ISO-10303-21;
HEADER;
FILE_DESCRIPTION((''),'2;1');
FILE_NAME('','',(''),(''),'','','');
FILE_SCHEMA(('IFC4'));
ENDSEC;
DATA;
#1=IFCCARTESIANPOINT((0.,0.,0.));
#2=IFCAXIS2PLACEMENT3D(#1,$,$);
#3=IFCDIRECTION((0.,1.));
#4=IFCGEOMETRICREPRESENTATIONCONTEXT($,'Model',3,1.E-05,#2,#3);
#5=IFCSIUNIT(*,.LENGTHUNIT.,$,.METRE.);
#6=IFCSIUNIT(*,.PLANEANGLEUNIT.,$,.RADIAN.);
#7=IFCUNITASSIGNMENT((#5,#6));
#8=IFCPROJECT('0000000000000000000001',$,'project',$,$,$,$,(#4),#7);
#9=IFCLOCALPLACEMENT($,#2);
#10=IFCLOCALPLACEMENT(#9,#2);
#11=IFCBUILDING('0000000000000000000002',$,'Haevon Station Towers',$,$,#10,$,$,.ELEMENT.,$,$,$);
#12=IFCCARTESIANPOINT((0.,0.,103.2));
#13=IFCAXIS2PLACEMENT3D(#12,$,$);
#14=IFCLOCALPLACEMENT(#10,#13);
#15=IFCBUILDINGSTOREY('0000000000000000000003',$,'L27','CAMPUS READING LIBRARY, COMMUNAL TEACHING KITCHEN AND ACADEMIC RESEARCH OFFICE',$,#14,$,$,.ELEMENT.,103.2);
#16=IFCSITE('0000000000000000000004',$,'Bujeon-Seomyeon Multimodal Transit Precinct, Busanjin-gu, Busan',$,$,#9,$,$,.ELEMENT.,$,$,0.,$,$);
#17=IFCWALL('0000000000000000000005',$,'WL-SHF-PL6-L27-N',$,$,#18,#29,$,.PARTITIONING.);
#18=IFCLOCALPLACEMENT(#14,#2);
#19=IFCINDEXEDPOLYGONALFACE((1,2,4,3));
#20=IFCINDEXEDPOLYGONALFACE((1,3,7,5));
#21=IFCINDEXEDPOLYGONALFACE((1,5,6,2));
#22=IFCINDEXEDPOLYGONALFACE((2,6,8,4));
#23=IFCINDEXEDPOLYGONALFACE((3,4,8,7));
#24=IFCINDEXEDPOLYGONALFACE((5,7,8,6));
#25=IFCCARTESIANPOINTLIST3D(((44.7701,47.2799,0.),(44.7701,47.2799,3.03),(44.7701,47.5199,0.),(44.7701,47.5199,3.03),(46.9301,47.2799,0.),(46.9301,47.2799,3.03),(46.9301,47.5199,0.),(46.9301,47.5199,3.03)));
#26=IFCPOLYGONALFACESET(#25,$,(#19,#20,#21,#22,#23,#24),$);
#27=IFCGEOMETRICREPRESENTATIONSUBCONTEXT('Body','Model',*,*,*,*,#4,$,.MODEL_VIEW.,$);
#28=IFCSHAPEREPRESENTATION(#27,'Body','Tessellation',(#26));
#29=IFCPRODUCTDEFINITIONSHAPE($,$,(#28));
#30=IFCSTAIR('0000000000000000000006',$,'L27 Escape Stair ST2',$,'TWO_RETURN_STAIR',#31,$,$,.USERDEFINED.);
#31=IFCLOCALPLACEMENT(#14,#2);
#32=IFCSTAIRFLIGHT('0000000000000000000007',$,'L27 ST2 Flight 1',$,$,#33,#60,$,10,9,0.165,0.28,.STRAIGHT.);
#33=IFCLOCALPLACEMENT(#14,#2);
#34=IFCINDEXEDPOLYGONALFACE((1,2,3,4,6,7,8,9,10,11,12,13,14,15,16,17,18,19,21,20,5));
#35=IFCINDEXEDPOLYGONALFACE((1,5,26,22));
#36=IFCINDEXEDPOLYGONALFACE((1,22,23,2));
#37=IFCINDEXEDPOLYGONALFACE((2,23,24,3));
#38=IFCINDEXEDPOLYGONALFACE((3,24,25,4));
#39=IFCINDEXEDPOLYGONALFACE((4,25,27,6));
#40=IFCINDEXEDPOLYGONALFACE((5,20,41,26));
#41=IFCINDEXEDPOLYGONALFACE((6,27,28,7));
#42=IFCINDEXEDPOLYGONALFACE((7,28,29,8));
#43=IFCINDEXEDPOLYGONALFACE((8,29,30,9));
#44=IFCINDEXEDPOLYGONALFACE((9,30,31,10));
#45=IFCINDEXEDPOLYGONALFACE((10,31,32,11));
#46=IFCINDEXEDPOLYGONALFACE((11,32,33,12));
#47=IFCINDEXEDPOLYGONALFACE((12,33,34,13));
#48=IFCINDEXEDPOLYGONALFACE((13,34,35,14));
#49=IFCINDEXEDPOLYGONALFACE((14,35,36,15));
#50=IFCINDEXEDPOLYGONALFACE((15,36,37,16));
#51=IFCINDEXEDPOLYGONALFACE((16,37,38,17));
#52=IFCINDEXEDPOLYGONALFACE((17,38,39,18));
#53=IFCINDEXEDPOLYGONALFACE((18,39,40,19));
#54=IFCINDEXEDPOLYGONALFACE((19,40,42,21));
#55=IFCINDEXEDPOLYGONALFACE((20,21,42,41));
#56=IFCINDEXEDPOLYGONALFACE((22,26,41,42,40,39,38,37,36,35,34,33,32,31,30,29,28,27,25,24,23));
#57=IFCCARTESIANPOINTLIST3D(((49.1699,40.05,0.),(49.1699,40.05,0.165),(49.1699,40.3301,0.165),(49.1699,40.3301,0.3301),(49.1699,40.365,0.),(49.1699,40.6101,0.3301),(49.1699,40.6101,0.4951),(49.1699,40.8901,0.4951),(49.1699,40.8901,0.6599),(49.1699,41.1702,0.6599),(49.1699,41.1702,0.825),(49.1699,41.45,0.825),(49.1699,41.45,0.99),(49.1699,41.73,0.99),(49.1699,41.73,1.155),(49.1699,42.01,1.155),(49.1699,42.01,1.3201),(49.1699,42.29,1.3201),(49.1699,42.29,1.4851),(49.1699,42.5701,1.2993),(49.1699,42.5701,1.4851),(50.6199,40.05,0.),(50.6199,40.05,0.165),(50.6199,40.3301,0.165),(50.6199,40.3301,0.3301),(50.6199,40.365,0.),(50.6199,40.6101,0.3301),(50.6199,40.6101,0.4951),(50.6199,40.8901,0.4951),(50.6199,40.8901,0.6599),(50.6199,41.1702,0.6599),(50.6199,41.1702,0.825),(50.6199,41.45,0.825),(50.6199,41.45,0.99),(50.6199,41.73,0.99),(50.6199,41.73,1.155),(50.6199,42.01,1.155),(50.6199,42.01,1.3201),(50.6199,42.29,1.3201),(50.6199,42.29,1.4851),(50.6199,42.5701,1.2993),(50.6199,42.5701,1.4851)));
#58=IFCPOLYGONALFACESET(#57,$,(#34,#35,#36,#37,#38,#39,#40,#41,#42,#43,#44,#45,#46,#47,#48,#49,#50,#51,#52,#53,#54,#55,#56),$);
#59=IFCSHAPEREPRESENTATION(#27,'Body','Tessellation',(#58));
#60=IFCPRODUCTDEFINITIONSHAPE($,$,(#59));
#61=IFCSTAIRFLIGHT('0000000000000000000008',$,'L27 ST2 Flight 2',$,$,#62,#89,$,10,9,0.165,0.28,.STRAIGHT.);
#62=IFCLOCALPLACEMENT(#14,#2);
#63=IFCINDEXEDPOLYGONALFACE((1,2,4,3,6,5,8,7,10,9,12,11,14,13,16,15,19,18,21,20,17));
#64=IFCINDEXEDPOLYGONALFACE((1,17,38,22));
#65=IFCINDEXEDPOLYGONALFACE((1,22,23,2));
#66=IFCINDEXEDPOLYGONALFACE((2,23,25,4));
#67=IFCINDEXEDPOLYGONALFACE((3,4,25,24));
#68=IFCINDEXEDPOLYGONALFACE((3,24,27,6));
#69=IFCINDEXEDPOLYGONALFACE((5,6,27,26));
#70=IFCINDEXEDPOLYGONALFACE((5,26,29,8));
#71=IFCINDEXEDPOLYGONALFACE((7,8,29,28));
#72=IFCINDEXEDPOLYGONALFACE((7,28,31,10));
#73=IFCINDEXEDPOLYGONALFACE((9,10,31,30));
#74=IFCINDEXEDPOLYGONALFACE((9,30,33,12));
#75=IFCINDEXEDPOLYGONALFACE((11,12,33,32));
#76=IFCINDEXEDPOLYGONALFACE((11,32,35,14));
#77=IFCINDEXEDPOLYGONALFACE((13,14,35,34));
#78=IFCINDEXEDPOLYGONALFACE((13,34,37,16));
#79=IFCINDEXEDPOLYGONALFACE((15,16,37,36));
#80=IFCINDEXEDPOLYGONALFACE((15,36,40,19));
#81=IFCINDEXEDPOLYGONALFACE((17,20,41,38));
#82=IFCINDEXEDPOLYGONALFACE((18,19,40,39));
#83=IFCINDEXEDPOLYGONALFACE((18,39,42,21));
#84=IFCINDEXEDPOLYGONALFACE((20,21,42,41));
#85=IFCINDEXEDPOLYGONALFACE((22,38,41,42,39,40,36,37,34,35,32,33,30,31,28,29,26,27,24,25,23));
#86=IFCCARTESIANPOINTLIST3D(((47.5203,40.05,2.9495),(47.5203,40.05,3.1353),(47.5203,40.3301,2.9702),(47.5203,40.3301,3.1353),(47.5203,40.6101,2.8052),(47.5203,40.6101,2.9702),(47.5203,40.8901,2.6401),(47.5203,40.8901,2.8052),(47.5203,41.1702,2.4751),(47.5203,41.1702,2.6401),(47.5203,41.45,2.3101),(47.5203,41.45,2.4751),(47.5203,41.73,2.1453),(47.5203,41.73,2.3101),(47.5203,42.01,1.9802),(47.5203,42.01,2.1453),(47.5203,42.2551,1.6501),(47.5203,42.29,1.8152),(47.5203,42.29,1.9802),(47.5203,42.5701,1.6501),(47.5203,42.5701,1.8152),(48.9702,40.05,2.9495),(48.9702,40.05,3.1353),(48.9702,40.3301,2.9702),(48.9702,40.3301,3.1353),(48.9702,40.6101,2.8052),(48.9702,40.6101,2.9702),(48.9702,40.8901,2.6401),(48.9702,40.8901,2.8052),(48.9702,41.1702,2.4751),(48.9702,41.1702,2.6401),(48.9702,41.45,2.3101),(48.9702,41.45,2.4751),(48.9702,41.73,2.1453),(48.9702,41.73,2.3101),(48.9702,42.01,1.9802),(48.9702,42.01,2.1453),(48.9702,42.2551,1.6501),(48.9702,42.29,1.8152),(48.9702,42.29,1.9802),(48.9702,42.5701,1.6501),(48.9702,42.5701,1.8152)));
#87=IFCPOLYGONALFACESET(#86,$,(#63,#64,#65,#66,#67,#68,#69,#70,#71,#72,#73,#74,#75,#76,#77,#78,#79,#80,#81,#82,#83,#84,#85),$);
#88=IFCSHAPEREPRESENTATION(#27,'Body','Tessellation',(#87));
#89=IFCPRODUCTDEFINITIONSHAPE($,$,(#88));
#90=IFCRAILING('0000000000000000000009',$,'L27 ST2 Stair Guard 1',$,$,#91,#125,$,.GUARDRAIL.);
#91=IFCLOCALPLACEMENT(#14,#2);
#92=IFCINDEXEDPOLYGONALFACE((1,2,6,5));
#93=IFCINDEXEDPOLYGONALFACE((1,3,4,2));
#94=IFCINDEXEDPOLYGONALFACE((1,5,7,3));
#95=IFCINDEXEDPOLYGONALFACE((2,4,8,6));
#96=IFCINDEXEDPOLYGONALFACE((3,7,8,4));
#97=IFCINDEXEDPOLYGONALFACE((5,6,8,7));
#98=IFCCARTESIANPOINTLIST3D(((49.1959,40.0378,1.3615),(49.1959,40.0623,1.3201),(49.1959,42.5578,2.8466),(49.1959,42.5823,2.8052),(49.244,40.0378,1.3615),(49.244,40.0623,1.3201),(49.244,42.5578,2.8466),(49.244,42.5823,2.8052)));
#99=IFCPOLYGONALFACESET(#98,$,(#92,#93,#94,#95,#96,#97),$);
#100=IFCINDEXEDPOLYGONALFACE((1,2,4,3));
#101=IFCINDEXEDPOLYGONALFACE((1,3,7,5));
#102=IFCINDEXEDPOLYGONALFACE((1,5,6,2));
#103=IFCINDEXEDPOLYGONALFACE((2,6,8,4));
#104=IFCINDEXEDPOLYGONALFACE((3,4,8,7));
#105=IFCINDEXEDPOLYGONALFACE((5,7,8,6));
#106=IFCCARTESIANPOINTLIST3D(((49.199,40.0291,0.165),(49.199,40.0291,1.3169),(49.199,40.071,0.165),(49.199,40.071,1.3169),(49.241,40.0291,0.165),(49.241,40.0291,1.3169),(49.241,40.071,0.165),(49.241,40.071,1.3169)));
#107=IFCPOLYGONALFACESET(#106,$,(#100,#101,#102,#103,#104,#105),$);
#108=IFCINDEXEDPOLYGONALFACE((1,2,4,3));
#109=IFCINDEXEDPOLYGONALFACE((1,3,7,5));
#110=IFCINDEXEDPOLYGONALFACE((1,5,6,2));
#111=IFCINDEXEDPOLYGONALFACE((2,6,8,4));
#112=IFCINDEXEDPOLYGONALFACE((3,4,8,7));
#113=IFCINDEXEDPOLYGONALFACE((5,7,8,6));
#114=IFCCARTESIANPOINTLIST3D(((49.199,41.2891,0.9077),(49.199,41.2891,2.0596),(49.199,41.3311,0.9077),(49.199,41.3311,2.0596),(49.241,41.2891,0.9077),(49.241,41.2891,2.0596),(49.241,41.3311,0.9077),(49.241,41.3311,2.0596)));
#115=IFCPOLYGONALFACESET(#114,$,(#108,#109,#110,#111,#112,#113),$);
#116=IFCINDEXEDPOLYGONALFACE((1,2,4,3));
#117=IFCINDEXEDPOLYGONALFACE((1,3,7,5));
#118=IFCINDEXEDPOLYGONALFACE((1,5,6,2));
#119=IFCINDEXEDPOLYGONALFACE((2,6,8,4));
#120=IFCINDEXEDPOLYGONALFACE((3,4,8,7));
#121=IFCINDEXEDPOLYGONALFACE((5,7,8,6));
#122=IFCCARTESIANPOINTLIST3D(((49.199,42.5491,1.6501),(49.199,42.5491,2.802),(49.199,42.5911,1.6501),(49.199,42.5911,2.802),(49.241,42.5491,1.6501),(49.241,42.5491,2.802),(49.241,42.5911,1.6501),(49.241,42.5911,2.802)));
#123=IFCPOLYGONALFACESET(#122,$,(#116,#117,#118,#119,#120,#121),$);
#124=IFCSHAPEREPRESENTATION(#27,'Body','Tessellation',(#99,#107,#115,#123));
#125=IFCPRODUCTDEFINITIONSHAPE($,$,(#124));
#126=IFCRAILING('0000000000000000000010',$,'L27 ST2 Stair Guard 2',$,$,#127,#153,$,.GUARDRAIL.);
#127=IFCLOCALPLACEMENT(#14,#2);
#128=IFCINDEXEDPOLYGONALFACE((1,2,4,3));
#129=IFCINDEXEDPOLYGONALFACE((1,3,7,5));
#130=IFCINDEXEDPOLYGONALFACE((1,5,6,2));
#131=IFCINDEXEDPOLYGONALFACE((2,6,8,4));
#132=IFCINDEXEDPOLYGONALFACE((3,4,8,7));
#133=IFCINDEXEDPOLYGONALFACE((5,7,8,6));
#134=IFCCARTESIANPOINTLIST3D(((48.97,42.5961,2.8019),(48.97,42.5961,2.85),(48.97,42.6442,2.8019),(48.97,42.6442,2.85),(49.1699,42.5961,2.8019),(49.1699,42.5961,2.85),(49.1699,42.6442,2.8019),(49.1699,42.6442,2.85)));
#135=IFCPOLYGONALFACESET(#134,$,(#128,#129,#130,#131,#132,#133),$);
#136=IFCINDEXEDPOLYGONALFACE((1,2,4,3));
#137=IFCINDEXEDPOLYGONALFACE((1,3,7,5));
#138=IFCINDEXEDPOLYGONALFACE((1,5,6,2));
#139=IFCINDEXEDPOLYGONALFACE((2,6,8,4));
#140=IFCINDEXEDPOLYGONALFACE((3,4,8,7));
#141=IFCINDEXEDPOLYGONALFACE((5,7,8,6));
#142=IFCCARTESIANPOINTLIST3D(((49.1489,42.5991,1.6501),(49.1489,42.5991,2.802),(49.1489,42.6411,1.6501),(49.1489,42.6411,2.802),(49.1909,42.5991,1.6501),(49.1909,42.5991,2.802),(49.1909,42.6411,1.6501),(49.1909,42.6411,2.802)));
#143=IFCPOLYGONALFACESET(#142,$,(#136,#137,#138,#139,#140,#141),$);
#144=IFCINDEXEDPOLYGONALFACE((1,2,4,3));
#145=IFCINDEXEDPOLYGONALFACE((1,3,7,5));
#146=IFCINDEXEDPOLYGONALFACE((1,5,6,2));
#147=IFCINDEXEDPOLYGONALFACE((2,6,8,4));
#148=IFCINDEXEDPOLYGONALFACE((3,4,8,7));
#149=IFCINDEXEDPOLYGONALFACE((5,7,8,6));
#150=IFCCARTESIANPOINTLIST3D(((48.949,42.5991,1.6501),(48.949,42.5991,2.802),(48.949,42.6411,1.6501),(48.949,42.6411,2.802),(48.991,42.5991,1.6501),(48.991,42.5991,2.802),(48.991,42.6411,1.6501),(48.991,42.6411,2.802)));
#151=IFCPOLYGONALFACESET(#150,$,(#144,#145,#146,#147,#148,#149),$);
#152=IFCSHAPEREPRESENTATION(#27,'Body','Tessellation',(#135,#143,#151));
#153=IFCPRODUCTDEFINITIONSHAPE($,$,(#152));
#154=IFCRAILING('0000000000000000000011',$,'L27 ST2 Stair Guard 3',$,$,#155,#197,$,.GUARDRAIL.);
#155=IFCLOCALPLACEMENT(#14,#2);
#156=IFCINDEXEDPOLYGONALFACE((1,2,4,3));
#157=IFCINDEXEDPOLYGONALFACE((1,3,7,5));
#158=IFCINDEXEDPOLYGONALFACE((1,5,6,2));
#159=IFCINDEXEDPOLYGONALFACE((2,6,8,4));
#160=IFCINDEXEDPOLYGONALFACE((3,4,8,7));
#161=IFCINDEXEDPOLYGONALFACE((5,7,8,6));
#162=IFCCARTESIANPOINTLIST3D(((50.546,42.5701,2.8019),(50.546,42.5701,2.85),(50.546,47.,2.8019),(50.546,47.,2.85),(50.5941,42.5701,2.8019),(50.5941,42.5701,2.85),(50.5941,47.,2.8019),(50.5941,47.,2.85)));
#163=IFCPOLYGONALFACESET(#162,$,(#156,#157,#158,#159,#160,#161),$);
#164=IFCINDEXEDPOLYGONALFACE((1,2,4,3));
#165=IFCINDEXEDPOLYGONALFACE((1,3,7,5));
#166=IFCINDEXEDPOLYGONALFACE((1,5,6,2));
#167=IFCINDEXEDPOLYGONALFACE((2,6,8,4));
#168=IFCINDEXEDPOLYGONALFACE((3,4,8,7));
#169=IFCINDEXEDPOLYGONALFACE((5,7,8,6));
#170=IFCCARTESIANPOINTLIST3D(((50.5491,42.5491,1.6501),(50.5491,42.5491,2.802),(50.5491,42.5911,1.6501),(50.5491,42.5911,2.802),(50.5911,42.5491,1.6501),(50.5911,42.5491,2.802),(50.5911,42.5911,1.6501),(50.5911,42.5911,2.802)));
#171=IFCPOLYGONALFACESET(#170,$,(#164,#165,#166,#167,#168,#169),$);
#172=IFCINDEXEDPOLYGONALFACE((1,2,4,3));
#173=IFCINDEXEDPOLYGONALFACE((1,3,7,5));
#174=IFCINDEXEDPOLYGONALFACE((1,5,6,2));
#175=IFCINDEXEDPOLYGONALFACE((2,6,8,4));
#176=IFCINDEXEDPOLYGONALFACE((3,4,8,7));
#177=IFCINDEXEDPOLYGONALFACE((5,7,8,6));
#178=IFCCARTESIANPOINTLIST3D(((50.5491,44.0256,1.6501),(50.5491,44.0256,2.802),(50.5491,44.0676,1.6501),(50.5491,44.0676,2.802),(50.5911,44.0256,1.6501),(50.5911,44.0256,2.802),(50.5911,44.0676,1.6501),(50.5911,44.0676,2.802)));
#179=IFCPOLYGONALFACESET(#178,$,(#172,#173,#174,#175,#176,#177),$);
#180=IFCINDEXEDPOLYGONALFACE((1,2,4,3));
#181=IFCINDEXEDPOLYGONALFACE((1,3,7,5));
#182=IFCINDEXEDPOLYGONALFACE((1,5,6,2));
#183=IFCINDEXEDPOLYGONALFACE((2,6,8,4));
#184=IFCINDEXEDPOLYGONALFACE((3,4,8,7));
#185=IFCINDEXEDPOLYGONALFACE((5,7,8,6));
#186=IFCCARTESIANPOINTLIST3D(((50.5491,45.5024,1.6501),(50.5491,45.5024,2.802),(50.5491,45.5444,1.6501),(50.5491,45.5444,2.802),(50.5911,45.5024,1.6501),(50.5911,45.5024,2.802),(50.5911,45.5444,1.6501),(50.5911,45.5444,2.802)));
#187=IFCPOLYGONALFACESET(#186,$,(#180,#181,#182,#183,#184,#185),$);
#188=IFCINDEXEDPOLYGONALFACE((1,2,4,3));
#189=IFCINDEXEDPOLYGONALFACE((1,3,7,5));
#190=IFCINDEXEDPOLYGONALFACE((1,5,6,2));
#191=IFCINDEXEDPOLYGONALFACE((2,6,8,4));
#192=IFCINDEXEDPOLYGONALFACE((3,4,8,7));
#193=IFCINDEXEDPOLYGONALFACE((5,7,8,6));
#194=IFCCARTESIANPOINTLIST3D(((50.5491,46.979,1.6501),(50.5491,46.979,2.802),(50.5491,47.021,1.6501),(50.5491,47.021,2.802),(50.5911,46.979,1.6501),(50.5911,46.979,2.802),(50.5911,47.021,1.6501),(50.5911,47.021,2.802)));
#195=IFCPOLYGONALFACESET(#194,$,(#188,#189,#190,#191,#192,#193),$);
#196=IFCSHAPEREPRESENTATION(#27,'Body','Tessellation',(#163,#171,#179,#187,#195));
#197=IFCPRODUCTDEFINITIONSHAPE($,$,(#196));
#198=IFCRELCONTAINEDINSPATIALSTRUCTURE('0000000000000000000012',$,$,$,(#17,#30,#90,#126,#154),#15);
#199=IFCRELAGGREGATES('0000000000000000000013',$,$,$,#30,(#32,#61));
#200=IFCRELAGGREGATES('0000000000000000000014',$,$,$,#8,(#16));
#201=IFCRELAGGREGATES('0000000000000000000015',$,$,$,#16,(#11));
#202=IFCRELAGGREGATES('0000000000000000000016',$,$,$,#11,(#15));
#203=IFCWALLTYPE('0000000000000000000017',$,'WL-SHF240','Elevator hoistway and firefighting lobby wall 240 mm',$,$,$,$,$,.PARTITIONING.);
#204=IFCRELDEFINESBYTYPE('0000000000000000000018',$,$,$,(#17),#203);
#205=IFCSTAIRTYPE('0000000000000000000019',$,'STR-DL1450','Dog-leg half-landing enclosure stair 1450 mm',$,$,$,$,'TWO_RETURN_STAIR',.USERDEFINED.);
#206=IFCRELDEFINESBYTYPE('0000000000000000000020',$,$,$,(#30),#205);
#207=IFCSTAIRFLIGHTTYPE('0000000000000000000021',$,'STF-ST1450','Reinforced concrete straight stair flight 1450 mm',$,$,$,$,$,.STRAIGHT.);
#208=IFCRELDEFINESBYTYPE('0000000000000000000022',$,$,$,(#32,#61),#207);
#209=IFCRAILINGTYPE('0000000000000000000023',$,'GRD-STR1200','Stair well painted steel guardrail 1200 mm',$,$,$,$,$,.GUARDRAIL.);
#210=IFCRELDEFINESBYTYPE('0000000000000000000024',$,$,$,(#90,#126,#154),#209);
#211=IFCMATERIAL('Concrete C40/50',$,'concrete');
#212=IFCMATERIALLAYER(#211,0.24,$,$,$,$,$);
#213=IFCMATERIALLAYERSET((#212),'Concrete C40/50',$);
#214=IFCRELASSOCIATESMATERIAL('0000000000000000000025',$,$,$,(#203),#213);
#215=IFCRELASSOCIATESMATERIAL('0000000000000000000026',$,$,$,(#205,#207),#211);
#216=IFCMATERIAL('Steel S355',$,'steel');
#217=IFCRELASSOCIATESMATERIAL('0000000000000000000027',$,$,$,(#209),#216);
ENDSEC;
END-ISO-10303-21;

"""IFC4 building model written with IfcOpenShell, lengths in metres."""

from ifc_helpers import new_model, si_unit, direction, frame, frame_2d, origin, origin_2d, place, context, subcontext, project, spatial, polyline, rectangle, outline, extrude, material, layer, layer_set, type_object, element, aggregate, save


model = new_model("IFC4")

# Units and contexts
model_context = context("Model", 3, precision=1e-05, world=origin(), true_north=direction((0.0, 1.0)))
body_context = subcontext(model_context, "Body", "Model", "MODEL_VIEW")
ifc_project = project(units=[si_unit("LENGTHUNIT", "METRE"), si_unit("PLANEANGLEUNIT", "RADIAN")], contexts=[model_context])

# Site, building, storey
site_placement = place(None, origin())
site = spatial("IfcSite", under=ifc_project, at=site_placement, Name="Bujeon-Seomyeon Multimodal Transit Precinct, Busanjin-gu, Busan", CompositionType="ELEMENT", RefElevation=0.0)
building_placement = place(site_placement, origin())
building = spatial("IfcBuilding", under=site, at=building_placement, Name="Haevon Station Towers", CompositionType="ELEMENT")
storey_placement = place(building_placement, frame((0.0, 0.0, 103.2)))
storey = spatial("IfcBuildingStorey", under=building, at=storey_placement, Name="L27", Description="CAMPUS READING LIBRARY, COMMUNAL TEACHING KITCHEN AND ACADEMIC RESEARCH OFFICE", CompositionType="ELEMENT", Elevation=103.2)

# Shared definitions
ifc_material_1 = material(Name="Steel S355", Category="steel")

# Wall
ifc_material_2 = material(Name="Concrete C40/50", Category="concrete")
ifc_layer_1 = layer(ifc_material_2, 0.24)
ifc_layer_set_1 = layer_set([ifc_layer_1], Name="Concrete C40/50")
wall_type_1 = type_object("IfcWallType", Name="WL-SHF240", Description="Elevator hoistway and firefighting lobby wall 240 mm", PredefinedType="PARTITIONING", material=ifc_layer_set_1)
for number, where, z_axis, x_axis, name in (
    (1, (44.77, 47.3999, 0.0), (0.0, 0.0, 1.0), (1.0, 0.0, 0.0), "WL-SHF-PL6-L27-N"),
):
    element("IfcWall", number, at=place(storey_placement, frame(where, z_axis=z_axis, x_axis=x_axis)), inside=storey, type_object=wall_type_1, Name=name, PredefinedType="PARTITIONING", context=body_context, shape_type="SweptSolid", body=[
        extrude(rectangle(XDim=2.1599, YDim=0.24, at=frame_2d((1.0801, 0.0))), origin(), (0.0, 0.0, 1.0), 3.03),
    ])

# Stair, stair flights
stair_type = type_object("IfcStairType", Name="STR-DL1450", Description="Dog-leg half-landing enclosure stair 1450 mm", ElementType="TWO_RETURN_STAIR", PredefinedType="USERDEFINED", material=ifc_material_2)
stair_placement = place(storey_placement, origin())
stair = element("IfcStair", 2, at=stair_placement, inside=storey, type_object=stair_type, Name="L27 Escape Stair ST2", ObjectType="TWO_RETURN_STAIR", PredefinedType="USERDEFINED")
stair_flight_type = type_object("IfcStairFlightType", Name="STF-ST1450", Description="Reinforced concrete straight stair flight 1450 mm", PredefinedType="STRAIGHT", material=ifc_material_2)
stair_flight_1_placement = place(storey_placement, frame((49.895, 40.05, 0.0), z_axis=(0.0, 0.0, 1.0), x_axis=(0.0, 1.0, 0.0)))
stair_flight_1 = element("IfcStairFlight", 3, at=stair_flight_1_placement, type_object=stair_flight_type, Name="L27 ST2 Flight 1", NumberOfRisers=10, NumberOfTreads=9, PredefinedType="STRAIGHT", RiserHeight=0.165, TreadLength=0.28, context=body_context, shape_type="SweptSolid", body=[
    extrude(outline(polyline([(0.0, 0.0), (0.0, 0.165), (0.28, 0.165), (0.28, 0.3301), (0.5601, 0.3301), (0.5601, 0.4951), (0.8401, 0.4951), (0.8401, 0.6599), (1.1201, 0.6599), (1.1201, 0.825), (1.3999, 0.825), (1.3999, 0.99), (1.6799, 0.99), (1.6799, 1.155), (1.96, 1.155), (1.96, 1.3201), (2.24, 1.3201), (2.24, 1.4851), (2.52, 1.4851), (2.52, 1.6499), (2.52, 1.2993), (0.3149, 0.0), (0.0, 0.0)])), frame((0.0, 0.7251, 0.0), z_axis=(0.0, -1.0, 0.0), x_axis=(1.0, 0.0, 0.0)), (0.0, 0.0, 1.0), 1.45),
])
stair_flight_2_placement = place(storey_placement, frame((48.2451, 42.5701, 1.6501), z_axis=(0.0, 0.0, 1.0), x_axis=(0.0, -1.0, 0.0)))
stair_flight_2 = element("IfcStairFlight", 4, at=stair_flight_2_placement, type_object=stair_flight_type, Name="L27 ST2 Flight 2", NumberOfRisers=10, NumberOfTreads=9, PredefinedType="STRAIGHT", RiserHeight=0.165, TreadLength=0.28, context=body_context, shape_type="SweptSolid", body=[
    extrude(outline(polyline([(0.0, 0.0), (0.0, 0.165), (0.28, 0.165), (0.28, 0.3301), (0.5601, 0.3301), (0.5601, 0.4951), (0.8401, 0.4951), (0.8401, 0.6599), (1.1201, 0.6599), (1.1201, 0.825), (1.3999, 0.825), (1.3999, 0.99), (1.6799, 0.99), (1.6799, 1.155), (1.96, 1.155), (1.96, 1.3201), (2.24, 1.3201), (2.24, 1.4851), (2.52, 1.4851), (2.52, 1.6499), (2.52, 1.2993), (0.3149, 0.0), (0.0, 0.0)])), frame((0.0, 0.7251, 0.0), z_axis=(0.0, -1.0, 0.0), x_axis=(1.0, 0.0, 0.0)), (0.0, 0.0, 1.0), 1.45),
])
aggregate(stair, [stair_flight_1, stair_flight_2])

# Railings
railing_type_1 = type_object("IfcRailingType", Name="GRD-STR1200", Description="Stair well painted steel guardrail 1200 mm", PredefinedType="GUARDRAIL", material=ifc_material_1)
railing_1_placement = place(storey_placement, frame((49.22, 40.05, 0.165)))
element("IfcRailing", 5, at=railing_1_placement, inside=storey, type_object=railing_type_1, Name="L27 ST2 Stair Guard 1", PredefinedType="GUARDRAIL", context=body_context, shape_type="SweptSolid", body=[
    extrude(rectangle(XDim=0.0481, YDim=0.0481, at=origin_2d()), frame((0.0, 0.0, 1.1758), z_axis=(0.0, 0.861524, 0.507717), x_axis=(-1.0, 0.0, 0.0)), (0.0, 0.0, 1.0), 2.925),
    extrude(rectangle(XDim=0.042, YDim=0.042, at=origin_2d()), origin(), (0.0, 0.0, 1.0), 1.1519),
    extrude(rectangle(XDim=0.042, YDim=0.042, at=origin_2d()), frame((0.0, 1.26, 0.7427)), (0.0, 0.0, 1.0), 1.1519),
    extrude(rectangle(XDim=0.042, YDim=0.042, at=origin_2d()), frame((0.0, 2.52, 1.4851)), (0.0, 0.0, 1.0), 1.1519),
])
railing_2_placement = place(storey_placement, frame((49.1699, 42.6201, 1.6501)))
element("IfcRailing", 6, at=railing_2_placement, inside=storey, type_object=railing_type_1, Name="L27 ST2 Stair Guard 2", PredefinedType="GUARDRAIL", context=body_context, shape_type="SweptSolid", body=[
    extrude(rectangle(XDim=0.0481, YDim=0.0481, at=origin_2d()), frame((0.0, 0.0, 1.1758), z_axis=(-1.0, 0.0, 0.0), x_axis=(0.0, -1.0, 0.0)), (0.0, 0.0, 1.0), 0.2),
    extrude(rectangle(XDim=0.042, YDim=0.042, at=origin_2d()), origin(), (0.0, 0.0, 1.0), 1.1519),
    extrude(rectangle(XDim=0.042, YDim=0.042, at=origin_2d()), frame((-0.2, 0.0, 0.0)), (0.0, 0.0, 1.0), 1.1519),
])
for number, where, name in (
    (7, (50.5701, 42.5701, 1.6501), "L27 ST2 Stair Guard 3"),
):
    element("IfcRailing", number, at=place(storey_placement, frame(where)), inside=storey, type_object=railing_type_1, Name=name, PredefinedType="GUARDRAIL", context=body_context, shape_type="SweptSolid", body=[
        extrude(rectangle(XDim=0.0481, YDim=0.0481, at=origin_2d()), frame((0.0, 0.0, 1.1758), z_axis=(0.0, 1.0, 0.0), x_axis=(-1.0, 0.0, 0.0)), (0.0, 0.0, 1.0), 4.4299),
        extrude(rectangle(XDim=0.042, YDim=0.042, at=origin_2d()), origin(), (0.0, 0.0, 1.0), 1.1519),
        extrude(rectangle(XDim=0.042, YDim=0.042, at=origin_2d()), frame((0.0, 1.4766, 0.0)), (0.0, 0.0, 1.0), 1.1519),
        extrude(rectangle(XDim=0.042, YDim=0.042, at=origin_2d()), frame((0.0, 2.9534, 0.0)), (0.0, 0.0, 1.0), 1.1519),
        extrude(rectangle(XDim=0.042, YDim=0.042, at=origin_2d()), frame((0.0, 4.4299, 0.0)), (0.0, 0.0, 1.0), 1.1519),
    ])

save(model, "model.ifc")
